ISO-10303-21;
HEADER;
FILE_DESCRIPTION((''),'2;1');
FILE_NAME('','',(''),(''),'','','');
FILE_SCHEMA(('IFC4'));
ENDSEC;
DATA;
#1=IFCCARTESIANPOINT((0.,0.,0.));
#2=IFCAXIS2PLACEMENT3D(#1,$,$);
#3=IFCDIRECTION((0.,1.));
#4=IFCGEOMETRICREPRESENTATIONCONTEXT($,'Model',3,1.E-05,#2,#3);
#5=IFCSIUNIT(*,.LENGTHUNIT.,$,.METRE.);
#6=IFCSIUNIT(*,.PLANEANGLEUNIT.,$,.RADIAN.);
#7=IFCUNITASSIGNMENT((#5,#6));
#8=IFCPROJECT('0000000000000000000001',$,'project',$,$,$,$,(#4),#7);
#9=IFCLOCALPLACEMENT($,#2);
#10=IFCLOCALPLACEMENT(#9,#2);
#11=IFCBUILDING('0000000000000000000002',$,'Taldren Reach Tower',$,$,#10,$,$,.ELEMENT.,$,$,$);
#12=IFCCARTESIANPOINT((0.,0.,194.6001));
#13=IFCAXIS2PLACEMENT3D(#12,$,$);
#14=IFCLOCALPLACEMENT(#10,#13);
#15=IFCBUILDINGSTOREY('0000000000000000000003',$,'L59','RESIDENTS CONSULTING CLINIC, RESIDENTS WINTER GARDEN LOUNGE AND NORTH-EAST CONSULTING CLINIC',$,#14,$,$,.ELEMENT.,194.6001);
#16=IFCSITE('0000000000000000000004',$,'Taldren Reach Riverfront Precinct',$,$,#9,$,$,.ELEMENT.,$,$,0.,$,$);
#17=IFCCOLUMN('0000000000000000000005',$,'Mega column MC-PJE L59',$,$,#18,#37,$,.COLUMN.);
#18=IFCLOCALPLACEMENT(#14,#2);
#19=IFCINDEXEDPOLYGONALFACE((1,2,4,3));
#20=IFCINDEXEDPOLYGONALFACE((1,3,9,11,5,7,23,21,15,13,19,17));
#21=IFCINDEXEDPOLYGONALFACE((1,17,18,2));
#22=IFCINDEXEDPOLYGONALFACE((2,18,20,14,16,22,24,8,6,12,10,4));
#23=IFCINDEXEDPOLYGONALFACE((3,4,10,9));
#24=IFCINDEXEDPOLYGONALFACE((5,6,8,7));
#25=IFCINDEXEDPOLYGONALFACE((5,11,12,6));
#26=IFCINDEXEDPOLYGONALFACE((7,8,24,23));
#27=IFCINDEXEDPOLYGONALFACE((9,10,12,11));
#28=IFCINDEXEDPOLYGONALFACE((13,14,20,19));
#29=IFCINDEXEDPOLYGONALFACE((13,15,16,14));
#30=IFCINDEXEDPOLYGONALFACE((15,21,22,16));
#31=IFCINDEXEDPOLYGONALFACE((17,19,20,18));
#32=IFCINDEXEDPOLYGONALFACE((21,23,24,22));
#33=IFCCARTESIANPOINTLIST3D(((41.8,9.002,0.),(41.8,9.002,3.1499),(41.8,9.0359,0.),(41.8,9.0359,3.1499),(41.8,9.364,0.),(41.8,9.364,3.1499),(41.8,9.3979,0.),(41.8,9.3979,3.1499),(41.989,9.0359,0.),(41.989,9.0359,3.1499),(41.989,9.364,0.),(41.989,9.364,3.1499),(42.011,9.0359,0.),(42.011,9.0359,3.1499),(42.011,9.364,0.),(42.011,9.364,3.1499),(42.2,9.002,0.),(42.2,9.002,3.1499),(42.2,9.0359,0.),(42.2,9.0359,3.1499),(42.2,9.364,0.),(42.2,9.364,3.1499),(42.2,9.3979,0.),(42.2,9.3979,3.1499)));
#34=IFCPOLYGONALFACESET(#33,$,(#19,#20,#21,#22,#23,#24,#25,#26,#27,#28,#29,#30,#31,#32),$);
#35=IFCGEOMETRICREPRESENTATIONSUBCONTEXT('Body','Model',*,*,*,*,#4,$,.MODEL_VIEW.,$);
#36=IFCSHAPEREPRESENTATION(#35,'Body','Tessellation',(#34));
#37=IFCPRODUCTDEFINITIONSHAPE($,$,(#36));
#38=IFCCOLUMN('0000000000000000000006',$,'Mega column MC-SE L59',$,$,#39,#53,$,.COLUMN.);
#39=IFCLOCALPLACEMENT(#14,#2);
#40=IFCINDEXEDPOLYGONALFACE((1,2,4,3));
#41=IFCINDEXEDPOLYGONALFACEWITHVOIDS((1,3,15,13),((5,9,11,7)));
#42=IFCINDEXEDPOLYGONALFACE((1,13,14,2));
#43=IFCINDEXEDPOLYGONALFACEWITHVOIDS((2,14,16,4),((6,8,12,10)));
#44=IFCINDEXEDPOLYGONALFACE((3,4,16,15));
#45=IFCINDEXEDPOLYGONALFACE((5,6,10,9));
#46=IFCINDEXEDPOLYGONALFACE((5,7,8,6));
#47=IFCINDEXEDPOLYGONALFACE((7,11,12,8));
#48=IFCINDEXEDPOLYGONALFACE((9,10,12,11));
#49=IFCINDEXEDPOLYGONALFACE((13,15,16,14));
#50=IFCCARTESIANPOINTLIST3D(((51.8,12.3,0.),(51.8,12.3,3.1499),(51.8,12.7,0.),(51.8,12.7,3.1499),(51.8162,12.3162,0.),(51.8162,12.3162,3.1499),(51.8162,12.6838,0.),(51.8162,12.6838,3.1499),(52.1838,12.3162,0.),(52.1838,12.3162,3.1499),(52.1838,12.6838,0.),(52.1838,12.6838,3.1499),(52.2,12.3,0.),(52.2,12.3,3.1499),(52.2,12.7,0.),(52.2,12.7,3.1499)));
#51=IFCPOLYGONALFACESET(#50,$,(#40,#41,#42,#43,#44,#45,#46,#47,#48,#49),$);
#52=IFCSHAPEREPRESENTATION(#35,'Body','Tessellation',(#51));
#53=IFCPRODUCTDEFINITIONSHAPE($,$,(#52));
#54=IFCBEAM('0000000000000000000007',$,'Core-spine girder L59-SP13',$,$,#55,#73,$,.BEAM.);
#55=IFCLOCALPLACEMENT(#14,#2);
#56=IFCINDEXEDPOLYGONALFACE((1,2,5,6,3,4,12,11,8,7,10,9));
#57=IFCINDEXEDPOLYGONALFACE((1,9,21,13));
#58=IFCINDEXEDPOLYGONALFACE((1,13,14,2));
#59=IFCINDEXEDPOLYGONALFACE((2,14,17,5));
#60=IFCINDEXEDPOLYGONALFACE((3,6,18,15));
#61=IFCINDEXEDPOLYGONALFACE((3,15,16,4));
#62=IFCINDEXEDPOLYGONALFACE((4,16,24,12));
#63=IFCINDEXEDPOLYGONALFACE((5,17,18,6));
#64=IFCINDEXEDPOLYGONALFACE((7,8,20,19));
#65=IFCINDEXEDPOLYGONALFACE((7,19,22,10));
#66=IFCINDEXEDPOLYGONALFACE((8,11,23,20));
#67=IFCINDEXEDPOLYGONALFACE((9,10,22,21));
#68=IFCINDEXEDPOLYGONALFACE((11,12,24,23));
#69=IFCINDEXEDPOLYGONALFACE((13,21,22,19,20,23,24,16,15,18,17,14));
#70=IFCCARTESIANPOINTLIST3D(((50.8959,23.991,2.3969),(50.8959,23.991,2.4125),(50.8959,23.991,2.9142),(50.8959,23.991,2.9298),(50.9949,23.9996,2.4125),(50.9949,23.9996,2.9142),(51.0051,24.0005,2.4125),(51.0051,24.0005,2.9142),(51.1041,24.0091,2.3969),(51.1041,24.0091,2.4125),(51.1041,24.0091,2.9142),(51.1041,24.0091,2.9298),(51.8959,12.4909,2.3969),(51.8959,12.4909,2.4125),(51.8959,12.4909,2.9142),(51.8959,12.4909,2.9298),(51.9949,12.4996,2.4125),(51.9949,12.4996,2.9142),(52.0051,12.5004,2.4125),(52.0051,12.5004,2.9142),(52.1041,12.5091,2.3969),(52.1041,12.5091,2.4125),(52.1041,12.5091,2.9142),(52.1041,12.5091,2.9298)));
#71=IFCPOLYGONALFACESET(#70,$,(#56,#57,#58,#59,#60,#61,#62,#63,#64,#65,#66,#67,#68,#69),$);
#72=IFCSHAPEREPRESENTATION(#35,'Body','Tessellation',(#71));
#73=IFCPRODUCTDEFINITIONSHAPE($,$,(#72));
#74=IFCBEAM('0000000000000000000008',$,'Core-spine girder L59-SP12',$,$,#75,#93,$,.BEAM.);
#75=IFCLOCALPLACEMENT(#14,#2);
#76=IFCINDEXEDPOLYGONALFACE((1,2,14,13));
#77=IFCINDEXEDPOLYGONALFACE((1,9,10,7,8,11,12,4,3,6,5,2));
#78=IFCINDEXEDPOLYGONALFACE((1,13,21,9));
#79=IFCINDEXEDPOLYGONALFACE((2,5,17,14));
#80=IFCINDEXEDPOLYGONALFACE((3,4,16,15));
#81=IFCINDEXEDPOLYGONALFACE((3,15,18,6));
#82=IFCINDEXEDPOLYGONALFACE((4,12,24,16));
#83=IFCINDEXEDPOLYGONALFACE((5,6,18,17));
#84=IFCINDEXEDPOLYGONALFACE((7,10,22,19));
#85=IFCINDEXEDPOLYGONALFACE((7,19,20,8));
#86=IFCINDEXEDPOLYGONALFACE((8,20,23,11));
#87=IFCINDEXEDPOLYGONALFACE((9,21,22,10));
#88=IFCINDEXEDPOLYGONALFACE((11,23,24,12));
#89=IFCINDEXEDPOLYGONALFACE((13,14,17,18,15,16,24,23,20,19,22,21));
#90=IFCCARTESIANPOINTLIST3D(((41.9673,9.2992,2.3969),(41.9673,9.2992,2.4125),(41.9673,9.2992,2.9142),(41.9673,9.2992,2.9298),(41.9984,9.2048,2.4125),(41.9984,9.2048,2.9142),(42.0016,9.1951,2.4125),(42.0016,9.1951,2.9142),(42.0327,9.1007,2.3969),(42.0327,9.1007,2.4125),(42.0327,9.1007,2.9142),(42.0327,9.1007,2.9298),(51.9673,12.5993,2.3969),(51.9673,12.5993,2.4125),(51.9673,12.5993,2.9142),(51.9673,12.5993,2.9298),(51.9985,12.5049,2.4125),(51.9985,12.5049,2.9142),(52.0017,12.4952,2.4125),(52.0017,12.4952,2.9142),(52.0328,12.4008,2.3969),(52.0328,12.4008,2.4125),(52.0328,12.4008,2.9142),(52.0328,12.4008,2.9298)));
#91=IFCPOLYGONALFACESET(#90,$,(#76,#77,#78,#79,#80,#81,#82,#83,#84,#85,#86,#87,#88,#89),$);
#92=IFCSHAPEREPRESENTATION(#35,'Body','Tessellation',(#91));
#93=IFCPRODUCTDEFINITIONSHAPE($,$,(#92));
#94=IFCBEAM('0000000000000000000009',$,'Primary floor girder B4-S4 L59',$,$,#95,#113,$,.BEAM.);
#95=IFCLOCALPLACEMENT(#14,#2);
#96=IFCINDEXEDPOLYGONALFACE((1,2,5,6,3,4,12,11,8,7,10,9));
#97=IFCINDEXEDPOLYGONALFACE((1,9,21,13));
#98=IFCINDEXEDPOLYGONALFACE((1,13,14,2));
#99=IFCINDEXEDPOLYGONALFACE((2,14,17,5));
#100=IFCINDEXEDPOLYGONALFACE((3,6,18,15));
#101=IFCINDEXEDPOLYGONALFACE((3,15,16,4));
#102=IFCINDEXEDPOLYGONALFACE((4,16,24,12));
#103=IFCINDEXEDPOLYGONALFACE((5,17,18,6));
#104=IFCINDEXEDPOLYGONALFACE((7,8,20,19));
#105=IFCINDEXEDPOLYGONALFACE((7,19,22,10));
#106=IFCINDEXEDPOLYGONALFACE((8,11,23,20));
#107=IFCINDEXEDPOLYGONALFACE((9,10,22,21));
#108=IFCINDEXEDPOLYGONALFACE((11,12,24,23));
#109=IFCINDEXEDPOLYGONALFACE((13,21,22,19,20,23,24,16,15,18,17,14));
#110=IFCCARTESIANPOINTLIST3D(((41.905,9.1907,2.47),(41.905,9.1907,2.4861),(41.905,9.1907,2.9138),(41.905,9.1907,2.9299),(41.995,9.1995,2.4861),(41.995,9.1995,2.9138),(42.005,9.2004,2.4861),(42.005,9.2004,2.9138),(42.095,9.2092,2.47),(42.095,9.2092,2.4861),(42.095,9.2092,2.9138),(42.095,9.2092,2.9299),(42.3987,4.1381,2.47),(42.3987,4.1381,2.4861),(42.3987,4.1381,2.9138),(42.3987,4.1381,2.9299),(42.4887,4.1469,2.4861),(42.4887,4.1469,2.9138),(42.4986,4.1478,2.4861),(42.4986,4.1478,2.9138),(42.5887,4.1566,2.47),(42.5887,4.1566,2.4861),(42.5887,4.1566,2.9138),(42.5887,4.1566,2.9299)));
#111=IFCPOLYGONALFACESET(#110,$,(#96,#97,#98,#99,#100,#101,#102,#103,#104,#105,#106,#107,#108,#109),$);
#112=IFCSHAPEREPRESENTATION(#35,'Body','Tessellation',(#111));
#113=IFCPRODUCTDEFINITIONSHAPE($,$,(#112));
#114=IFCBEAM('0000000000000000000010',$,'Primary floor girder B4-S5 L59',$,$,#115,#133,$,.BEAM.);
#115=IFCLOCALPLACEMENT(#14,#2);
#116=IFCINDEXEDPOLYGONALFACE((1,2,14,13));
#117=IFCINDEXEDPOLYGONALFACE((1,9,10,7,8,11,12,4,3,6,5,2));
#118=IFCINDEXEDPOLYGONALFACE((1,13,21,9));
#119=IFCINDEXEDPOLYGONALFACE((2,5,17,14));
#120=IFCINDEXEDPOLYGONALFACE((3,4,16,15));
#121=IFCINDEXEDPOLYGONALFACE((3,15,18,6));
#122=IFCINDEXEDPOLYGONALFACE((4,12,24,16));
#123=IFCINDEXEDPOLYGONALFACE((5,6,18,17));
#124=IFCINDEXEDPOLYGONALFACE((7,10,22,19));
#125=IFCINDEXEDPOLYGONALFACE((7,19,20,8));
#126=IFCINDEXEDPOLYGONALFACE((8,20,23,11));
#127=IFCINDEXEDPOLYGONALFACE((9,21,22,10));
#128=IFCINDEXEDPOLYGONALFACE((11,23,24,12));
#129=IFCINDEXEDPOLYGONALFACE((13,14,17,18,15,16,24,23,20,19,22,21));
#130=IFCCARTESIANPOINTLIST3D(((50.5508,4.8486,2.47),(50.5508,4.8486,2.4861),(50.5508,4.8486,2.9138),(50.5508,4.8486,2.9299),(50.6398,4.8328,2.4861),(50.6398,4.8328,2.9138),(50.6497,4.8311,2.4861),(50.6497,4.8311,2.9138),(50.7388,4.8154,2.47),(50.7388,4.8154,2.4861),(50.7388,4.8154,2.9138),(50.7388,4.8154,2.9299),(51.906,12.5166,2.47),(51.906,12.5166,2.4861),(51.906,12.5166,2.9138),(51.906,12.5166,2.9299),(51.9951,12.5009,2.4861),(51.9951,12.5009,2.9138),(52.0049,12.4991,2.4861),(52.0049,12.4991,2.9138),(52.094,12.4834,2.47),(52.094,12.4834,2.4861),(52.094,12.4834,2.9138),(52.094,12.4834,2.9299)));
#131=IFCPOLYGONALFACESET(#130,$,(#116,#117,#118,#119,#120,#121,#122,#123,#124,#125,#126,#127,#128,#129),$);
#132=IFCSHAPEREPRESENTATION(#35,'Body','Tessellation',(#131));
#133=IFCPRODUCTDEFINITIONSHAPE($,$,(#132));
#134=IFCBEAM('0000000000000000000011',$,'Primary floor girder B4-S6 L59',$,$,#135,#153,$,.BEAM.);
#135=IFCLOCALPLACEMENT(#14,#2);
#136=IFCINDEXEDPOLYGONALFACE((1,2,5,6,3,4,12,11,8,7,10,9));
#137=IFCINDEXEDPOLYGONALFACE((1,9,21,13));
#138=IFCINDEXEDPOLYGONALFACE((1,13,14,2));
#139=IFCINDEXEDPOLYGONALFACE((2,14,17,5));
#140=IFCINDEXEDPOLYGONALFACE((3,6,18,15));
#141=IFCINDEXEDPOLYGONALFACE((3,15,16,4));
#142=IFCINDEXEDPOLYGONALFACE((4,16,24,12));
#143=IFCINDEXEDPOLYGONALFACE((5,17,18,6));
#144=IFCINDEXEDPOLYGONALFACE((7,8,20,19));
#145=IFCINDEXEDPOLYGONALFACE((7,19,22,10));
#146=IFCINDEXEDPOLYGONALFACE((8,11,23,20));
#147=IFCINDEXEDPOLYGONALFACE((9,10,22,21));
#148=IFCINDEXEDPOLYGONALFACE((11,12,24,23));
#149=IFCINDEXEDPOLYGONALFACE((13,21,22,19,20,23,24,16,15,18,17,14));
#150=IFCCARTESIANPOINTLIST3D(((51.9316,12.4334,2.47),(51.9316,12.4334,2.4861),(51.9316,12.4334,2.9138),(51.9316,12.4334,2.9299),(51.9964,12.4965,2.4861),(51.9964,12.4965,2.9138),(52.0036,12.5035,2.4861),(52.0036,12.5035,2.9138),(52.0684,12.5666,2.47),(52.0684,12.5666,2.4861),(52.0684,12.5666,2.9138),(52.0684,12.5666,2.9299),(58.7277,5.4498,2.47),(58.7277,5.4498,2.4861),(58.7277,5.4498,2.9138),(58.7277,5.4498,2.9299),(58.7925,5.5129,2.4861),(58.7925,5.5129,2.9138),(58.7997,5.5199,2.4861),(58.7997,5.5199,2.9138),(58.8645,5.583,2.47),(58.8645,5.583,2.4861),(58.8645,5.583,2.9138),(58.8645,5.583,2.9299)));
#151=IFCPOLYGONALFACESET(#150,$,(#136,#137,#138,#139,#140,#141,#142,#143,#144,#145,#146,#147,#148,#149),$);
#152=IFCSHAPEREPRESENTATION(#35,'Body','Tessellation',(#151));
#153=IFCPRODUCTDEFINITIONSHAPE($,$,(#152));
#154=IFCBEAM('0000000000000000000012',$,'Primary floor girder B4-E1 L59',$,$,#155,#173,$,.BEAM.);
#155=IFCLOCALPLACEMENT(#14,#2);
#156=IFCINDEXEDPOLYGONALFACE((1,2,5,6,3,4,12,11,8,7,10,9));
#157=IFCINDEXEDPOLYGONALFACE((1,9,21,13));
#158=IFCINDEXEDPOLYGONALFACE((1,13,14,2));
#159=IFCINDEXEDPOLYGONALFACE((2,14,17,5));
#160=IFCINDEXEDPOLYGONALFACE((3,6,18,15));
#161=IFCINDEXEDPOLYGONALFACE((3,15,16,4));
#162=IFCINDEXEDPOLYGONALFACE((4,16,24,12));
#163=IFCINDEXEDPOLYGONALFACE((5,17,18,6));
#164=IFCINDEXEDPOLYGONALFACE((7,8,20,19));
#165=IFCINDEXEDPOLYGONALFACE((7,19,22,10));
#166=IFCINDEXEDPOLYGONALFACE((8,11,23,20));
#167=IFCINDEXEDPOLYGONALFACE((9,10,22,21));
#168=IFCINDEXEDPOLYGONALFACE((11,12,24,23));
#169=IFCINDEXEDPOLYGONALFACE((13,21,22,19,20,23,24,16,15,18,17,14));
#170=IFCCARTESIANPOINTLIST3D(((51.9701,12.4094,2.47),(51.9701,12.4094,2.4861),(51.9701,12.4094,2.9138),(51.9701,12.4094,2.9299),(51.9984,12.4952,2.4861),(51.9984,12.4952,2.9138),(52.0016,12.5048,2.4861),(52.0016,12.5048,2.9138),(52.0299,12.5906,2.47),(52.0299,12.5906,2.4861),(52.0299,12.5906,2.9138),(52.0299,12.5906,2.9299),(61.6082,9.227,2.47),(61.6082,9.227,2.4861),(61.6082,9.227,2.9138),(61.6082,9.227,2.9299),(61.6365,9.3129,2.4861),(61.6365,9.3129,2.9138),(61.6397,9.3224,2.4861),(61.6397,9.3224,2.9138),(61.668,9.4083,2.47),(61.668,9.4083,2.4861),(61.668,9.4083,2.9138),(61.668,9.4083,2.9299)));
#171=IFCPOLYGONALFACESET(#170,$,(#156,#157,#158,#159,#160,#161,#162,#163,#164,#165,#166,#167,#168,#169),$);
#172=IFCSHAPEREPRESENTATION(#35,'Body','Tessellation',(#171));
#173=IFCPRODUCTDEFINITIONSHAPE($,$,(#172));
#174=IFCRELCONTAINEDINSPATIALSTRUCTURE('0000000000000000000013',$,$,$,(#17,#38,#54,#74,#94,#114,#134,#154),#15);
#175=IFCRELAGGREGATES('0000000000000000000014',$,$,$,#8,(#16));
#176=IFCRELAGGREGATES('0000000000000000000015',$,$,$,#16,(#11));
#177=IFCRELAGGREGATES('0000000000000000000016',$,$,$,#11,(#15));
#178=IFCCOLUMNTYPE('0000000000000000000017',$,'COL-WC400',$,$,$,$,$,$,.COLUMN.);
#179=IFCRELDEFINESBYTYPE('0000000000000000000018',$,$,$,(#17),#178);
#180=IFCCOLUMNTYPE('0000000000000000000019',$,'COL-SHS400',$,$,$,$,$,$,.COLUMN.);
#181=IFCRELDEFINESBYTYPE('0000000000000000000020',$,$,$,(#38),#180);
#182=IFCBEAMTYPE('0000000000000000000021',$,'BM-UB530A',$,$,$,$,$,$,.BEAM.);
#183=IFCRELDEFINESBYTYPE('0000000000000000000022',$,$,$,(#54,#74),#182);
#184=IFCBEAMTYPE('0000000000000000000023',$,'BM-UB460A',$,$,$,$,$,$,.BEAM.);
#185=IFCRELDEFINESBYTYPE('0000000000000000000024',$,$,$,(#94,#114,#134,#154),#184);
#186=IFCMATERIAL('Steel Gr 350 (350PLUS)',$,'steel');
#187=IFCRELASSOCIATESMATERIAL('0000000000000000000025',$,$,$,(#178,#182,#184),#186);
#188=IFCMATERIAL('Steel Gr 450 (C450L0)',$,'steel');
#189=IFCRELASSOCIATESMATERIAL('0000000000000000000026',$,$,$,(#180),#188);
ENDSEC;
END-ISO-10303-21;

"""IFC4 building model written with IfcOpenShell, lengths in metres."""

from ifc_helpers import new_model, si_unit, direction, frame, origin, origin_2d, place, context, subcontext, project, spatial, hollow_rectangle, i_section, extrude, source, transform, mapped, material, material_profile, profile_set, type_object, element, save


model = new_model("IFC4")

# Units and contexts
model_context = context("Model", 3, precision=1e-05, world=origin(), true_north=direction((0.0, 1.0)))
body_context = subcontext(model_context, "Body", "Model", "MODEL_VIEW")
ifc_project = project(units=[si_unit("LENGTHUNIT", "METRE"), si_unit("PLANEANGLEUNIT", "RADIAN")], contexts=[model_context])

# Site, building, storey
site_placement = place(None, origin())
site = spatial("IfcSite", under=ifc_project, at=site_placement, Name="Taldren Reach Riverfront Precinct", CompositionType="ELEMENT", RefElevation=0.0)
building_placement = place(site_placement, origin())
building = spatial("IfcBuilding", under=site, at=building_placement, Name="Taldren Reach Tower", CompositionType="ELEMENT")
storey_placement = place(building_placement, frame((0.0, 0.0, 194.6001)))
storey = spatial("IfcBuildingStorey", under=building, at=storey_placement, Name="L59", Description="RESIDENTS CONSULTING CLINIC, RESIDENTS WINTER GARDEN LOUNGE AND NORTH-EAST CONSULTING CLINIC", CompositionType="ELEMENT", Elevation=194.6001)

# Columns
ifc_material_1 = material(Name="Steel Gr 350 (350PLUS)", Category="steel")
ifc_material_profile_1 = material_profile(ifc_material_1, i_section(OverallWidth=0.3999, OverallDepth=0.396, WebThickness=0.022, FlangeThickness=0.0339, at=origin_2d()), Name="400WC270")
ifc_profile_set_1 = profile_set([ifc_material_profile_1], Name="Steel Gr 350 (350PLUS)")
column_type_1 = type_object("IfcColumnType", Name="COL-WC400", PredefinedType="COLUMN", material=ifc_profile_set_1)
shared_shape_1 = source(origin(), body_context, "Body", "SweptSolid", [
    extrude(i_section(OverallWidth=0.3999, OverallDepth=0.396, WebThickness=0.022, FlangeThickness=0.0339, at=origin_2d()), origin(), (0.0, 0.0, 1.0), 3.1499),
])
column_1_placement = place(storey_placement, frame((42.0, 9.2, 0.0), z_axis=(0.0, 0.0, 1.0), x_axis=(1.0, 0.0, 0.0)))
element("IfcColumn", 1, at=column_1_placement, inside=storey, type_object=column_type_1, Name="Mega column MC-PJE L59", PredefinedType="COLUMN", context=body_context, shape_type="MappedRepresentation", body=[
    mapped(shared_shape_1, transform((0.0, 0.0, 0.0), scale=1.0)),
])
ifc_material_2 = material(Name="Steel Gr 450 (C450L0)", Category="steel")
ifc_material_profile_2 = material_profile(ifc_material_2, hollow_rectangle(XDim=0.3999, YDim=0.3999, WallThickness=0.0161, at=origin_2d()), Name="400x400x16.0SHS")
ifc_profile_set_2 = profile_set([ifc_material_profile_2], Name="Steel Gr 450 (C450L0)")
column_type_2 = type_object("IfcColumnType", Name="COL-SHS400", PredefinedType="COLUMN", material=ifc_profile_set_2)
shared_shape_2 = source(origin(), body_context, "Body", "SweptSolid", [
    extrude(hollow_rectangle(XDim=0.3999, YDim=0.3999, WallThickness=0.0161, at=origin_2d()), origin(), (0.0, 0.0, 1.0), 3.1499),
])
column_2_placement = place(storey_placement, frame((52.0, 12.5, 0.0), z_axis=(0.0, 0.0, 1.0), x_axis=(1.0, 0.0, 0.0)))
element("IfcColumn", 2, at=column_2_placement, inside=storey, type_object=column_type_2, Name="Mega column MC-SE L59", PredefinedType="COLUMN", context=body_context, shape_type="MappedRepresentation", body=[
    mapped(shared_shape_2, transform((0.0, 0.0, 0.0), scale=1.0)),
])

# Beams
ifc_material_profile_3 = material_profile(ifc_material_1, i_section(OverallWidth=0.209, OverallDepth=0.533, WebThickness=0.0103, FlangeThickness=0.0156, at=origin_2d()), Name="530UB92.4")
ifc_profile_set_3 = profile_set([ifc_material_profile_3], Name="Steel Gr 350 (350PLUS)")
beam_type_1 = type_object("IfcBeamType", Name="BM-UB530A", PredefinedType="BEAM", material=ifc_profile_set_3)
shared_shape_3 = source(origin(), body_context, "Body", "SweptSolid", [
    extrude(i_section(OverallWidth=0.209, OverallDepth=0.533, WebThickness=0.0103, FlangeThickness=0.0156, at=origin_2d()), origin(), (0.0, 0.0, 1.0), 11.5435),
])
beam_1_placement = place(storey_placement, frame((52.0, 12.5, 2.6633), z_axis=(-0.08663, 0.996241, 0.0), x_axis=(-0.996241, -0.08663, 0.0)))
element("IfcBeam", 3, at=beam_1_placement, inside=storey, type_object=beam_type_1, Name="Core-spine girder L59-SP13", PredefinedType="BEAM", context=body_context, shape_type="MappedRepresentation", body=[
    mapped(shared_shape_3, transform((0.0, 0.0, 0.0), scale=1.0)),
])
shared_shape_4 = source(origin(), body_context, "Body", "SweptSolid", [
    extrude(i_section(OverallWidth=0.209, OverallDepth=0.533, WebThickness=0.0103, FlangeThickness=0.0156, at=origin_2d()), origin(), (0.0, 0.0, 1.0), 10.5305),
])
beam_2_placement = place(storey_placement, frame((42.0, 9.2, 2.6633), z_axis=(0.949627, 0.313382, 0.0), x_axis=(-0.313382, 0.949627, 0.0)))
element("IfcBeam", 4, at=beam_2_placement, inside=storey, type_object=beam_type_1, Name="Core-spine girder L59-SP12", PredefinedType="BEAM", context=body_context, shape_type="MappedRepresentation", body=[
    mapped(shared_shape_4, transform((0.0, 0.0, 0.0), scale=1.0)),
])
ifc_material_profile_4 = material_profile(ifc_material_1, i_section(OverallWidth=0.1909, OverallDepth=0.46, WebThickness=0.01, FlangeThickness=0.0161, at=origin_2d()), Name="460UB82.1")
ifc_profile_set_4 = profile_set([ifc_material_profile_4], Name="Steel Gr 350 (350PLUS)")
beam_type_2 = type_object("IfcBeamType", Name="BM-UB460A", PredefinedType="BEAM", material=ifc_profile_set_4)
shared_shape_5 = source(origin(), body_context, "Body", "SweptSolid", [
    extrude(i_section(OverallWidth=0.1909, OverallDepth=0.46, WebThickness=0.01, FlangeThickness=0.0161, at=origin_2d()), origin(), (0.0, 0.0, 1.0), 5.0767),
])
beam_3_placement = place(storey_placement, frame((42.0, 9.2, 2.7), z_axis=(0.097242, -0.995261, 0.0), x_axis=(0.995261, 0.097242, 0.0)))
element("IfcBeam", 5, at=beam_3_placement, inside=storey, type_object=beam_type_2, Name="Primary floor girder B4-S4 L59", PredefinedType="BEAM", context=body_context, shape_type="MappedRepresentation", body=[
    mapped(shared_shape_5, transform((0.0, 0.0, 0.0), scale=1.0)),
])
shared_shape_6 = source(origin(), body_context, "Body", "SweptSolid", [
    extrude(i_section(OverallWidth=0.1909, OverallDepth=0.46, WebThickness=0.01, FlangeThickness=0.0161, at=origin_2d()), origin(), (0.0, 0.0, 1.0), 7.7869),
])
beam_4_placement = place(storey_placement, frame((52.0, 12.5, 2.7), z_axis=(-0.174041, -0.984738, 0.0), x_axis=(0.984738, -0.174041, 0.0)))
element("IfcBeam", 6, at=beam_4_placement, inside=storey, type_object=beam_type_2, Name="Primary floor girder B4-S5 L59", PredefinedType="BEAM", context=body_context, shape_type="MappedRepresentation", body=[
    mapped(shared_shape_6, transform((0.0, 0.0, 0.0), scale=1.0)),
])
shared_shape_7 = source(origin(), body_context, "Body", "SweptSolid", [
    extrude(i_section(OverallWidth=0.1909, OverallDepth=0.46, WebThickness=0.01, FlangeThickness=0.0161, at=origin_2d()), origin(), (0.0, 0.0, 1.0), 9.7446),
])
beam_5_placement = place(storey_placement, frame((52.0, 12.5, 2.7), z_axis=(0.697421, -0.716662, 0.0), x_axis=(0.716662, 0.697421, 0.0)))
element("IfcBeam", 7, at=beam_5_placement, inside=storey, type_object=beam_type_2, Name="Primary floor girder B4-S6 L59", PredefinedType="BEAM", context=body_context, shape_type="MappedRepresentation", body=[
    mapped(shared_shape_7, transform((0.0, 0.0, 0.0), scale=1.0)),
])
shared_shape_8 = source(origin(), body_context, "Body", "SweptSolid", [
    extrude(i_section(OverallWidth=0.1909, OverallDepth=0.46, WebThickness=0.01, FlangeThickness=0.0161, at=origin_2d()), origin(), (0.0, 0.0, 1.0), 10.1499),
])
beam_6_placement = place(storey_placement, frame((52.0, 12.5, 2.7), z_axis=(0.949577, -0.313535, 0.0), x_axis=(0.313535, 0.949577, 0.0)))
element("IfcBeam", 8, at=beam_6_placement, inside=storey, type_object=beam_type_2, Name="Primary floor girder B4-E1 L59", PredefinedType="BEAM", context=body_context, shape_type="MappedRepresentation", body=[
    mapped(shared_shape_8, transform((0.0, 0.0, 0.0), scale=1.0)),
])

save(model, "model.ifc")
